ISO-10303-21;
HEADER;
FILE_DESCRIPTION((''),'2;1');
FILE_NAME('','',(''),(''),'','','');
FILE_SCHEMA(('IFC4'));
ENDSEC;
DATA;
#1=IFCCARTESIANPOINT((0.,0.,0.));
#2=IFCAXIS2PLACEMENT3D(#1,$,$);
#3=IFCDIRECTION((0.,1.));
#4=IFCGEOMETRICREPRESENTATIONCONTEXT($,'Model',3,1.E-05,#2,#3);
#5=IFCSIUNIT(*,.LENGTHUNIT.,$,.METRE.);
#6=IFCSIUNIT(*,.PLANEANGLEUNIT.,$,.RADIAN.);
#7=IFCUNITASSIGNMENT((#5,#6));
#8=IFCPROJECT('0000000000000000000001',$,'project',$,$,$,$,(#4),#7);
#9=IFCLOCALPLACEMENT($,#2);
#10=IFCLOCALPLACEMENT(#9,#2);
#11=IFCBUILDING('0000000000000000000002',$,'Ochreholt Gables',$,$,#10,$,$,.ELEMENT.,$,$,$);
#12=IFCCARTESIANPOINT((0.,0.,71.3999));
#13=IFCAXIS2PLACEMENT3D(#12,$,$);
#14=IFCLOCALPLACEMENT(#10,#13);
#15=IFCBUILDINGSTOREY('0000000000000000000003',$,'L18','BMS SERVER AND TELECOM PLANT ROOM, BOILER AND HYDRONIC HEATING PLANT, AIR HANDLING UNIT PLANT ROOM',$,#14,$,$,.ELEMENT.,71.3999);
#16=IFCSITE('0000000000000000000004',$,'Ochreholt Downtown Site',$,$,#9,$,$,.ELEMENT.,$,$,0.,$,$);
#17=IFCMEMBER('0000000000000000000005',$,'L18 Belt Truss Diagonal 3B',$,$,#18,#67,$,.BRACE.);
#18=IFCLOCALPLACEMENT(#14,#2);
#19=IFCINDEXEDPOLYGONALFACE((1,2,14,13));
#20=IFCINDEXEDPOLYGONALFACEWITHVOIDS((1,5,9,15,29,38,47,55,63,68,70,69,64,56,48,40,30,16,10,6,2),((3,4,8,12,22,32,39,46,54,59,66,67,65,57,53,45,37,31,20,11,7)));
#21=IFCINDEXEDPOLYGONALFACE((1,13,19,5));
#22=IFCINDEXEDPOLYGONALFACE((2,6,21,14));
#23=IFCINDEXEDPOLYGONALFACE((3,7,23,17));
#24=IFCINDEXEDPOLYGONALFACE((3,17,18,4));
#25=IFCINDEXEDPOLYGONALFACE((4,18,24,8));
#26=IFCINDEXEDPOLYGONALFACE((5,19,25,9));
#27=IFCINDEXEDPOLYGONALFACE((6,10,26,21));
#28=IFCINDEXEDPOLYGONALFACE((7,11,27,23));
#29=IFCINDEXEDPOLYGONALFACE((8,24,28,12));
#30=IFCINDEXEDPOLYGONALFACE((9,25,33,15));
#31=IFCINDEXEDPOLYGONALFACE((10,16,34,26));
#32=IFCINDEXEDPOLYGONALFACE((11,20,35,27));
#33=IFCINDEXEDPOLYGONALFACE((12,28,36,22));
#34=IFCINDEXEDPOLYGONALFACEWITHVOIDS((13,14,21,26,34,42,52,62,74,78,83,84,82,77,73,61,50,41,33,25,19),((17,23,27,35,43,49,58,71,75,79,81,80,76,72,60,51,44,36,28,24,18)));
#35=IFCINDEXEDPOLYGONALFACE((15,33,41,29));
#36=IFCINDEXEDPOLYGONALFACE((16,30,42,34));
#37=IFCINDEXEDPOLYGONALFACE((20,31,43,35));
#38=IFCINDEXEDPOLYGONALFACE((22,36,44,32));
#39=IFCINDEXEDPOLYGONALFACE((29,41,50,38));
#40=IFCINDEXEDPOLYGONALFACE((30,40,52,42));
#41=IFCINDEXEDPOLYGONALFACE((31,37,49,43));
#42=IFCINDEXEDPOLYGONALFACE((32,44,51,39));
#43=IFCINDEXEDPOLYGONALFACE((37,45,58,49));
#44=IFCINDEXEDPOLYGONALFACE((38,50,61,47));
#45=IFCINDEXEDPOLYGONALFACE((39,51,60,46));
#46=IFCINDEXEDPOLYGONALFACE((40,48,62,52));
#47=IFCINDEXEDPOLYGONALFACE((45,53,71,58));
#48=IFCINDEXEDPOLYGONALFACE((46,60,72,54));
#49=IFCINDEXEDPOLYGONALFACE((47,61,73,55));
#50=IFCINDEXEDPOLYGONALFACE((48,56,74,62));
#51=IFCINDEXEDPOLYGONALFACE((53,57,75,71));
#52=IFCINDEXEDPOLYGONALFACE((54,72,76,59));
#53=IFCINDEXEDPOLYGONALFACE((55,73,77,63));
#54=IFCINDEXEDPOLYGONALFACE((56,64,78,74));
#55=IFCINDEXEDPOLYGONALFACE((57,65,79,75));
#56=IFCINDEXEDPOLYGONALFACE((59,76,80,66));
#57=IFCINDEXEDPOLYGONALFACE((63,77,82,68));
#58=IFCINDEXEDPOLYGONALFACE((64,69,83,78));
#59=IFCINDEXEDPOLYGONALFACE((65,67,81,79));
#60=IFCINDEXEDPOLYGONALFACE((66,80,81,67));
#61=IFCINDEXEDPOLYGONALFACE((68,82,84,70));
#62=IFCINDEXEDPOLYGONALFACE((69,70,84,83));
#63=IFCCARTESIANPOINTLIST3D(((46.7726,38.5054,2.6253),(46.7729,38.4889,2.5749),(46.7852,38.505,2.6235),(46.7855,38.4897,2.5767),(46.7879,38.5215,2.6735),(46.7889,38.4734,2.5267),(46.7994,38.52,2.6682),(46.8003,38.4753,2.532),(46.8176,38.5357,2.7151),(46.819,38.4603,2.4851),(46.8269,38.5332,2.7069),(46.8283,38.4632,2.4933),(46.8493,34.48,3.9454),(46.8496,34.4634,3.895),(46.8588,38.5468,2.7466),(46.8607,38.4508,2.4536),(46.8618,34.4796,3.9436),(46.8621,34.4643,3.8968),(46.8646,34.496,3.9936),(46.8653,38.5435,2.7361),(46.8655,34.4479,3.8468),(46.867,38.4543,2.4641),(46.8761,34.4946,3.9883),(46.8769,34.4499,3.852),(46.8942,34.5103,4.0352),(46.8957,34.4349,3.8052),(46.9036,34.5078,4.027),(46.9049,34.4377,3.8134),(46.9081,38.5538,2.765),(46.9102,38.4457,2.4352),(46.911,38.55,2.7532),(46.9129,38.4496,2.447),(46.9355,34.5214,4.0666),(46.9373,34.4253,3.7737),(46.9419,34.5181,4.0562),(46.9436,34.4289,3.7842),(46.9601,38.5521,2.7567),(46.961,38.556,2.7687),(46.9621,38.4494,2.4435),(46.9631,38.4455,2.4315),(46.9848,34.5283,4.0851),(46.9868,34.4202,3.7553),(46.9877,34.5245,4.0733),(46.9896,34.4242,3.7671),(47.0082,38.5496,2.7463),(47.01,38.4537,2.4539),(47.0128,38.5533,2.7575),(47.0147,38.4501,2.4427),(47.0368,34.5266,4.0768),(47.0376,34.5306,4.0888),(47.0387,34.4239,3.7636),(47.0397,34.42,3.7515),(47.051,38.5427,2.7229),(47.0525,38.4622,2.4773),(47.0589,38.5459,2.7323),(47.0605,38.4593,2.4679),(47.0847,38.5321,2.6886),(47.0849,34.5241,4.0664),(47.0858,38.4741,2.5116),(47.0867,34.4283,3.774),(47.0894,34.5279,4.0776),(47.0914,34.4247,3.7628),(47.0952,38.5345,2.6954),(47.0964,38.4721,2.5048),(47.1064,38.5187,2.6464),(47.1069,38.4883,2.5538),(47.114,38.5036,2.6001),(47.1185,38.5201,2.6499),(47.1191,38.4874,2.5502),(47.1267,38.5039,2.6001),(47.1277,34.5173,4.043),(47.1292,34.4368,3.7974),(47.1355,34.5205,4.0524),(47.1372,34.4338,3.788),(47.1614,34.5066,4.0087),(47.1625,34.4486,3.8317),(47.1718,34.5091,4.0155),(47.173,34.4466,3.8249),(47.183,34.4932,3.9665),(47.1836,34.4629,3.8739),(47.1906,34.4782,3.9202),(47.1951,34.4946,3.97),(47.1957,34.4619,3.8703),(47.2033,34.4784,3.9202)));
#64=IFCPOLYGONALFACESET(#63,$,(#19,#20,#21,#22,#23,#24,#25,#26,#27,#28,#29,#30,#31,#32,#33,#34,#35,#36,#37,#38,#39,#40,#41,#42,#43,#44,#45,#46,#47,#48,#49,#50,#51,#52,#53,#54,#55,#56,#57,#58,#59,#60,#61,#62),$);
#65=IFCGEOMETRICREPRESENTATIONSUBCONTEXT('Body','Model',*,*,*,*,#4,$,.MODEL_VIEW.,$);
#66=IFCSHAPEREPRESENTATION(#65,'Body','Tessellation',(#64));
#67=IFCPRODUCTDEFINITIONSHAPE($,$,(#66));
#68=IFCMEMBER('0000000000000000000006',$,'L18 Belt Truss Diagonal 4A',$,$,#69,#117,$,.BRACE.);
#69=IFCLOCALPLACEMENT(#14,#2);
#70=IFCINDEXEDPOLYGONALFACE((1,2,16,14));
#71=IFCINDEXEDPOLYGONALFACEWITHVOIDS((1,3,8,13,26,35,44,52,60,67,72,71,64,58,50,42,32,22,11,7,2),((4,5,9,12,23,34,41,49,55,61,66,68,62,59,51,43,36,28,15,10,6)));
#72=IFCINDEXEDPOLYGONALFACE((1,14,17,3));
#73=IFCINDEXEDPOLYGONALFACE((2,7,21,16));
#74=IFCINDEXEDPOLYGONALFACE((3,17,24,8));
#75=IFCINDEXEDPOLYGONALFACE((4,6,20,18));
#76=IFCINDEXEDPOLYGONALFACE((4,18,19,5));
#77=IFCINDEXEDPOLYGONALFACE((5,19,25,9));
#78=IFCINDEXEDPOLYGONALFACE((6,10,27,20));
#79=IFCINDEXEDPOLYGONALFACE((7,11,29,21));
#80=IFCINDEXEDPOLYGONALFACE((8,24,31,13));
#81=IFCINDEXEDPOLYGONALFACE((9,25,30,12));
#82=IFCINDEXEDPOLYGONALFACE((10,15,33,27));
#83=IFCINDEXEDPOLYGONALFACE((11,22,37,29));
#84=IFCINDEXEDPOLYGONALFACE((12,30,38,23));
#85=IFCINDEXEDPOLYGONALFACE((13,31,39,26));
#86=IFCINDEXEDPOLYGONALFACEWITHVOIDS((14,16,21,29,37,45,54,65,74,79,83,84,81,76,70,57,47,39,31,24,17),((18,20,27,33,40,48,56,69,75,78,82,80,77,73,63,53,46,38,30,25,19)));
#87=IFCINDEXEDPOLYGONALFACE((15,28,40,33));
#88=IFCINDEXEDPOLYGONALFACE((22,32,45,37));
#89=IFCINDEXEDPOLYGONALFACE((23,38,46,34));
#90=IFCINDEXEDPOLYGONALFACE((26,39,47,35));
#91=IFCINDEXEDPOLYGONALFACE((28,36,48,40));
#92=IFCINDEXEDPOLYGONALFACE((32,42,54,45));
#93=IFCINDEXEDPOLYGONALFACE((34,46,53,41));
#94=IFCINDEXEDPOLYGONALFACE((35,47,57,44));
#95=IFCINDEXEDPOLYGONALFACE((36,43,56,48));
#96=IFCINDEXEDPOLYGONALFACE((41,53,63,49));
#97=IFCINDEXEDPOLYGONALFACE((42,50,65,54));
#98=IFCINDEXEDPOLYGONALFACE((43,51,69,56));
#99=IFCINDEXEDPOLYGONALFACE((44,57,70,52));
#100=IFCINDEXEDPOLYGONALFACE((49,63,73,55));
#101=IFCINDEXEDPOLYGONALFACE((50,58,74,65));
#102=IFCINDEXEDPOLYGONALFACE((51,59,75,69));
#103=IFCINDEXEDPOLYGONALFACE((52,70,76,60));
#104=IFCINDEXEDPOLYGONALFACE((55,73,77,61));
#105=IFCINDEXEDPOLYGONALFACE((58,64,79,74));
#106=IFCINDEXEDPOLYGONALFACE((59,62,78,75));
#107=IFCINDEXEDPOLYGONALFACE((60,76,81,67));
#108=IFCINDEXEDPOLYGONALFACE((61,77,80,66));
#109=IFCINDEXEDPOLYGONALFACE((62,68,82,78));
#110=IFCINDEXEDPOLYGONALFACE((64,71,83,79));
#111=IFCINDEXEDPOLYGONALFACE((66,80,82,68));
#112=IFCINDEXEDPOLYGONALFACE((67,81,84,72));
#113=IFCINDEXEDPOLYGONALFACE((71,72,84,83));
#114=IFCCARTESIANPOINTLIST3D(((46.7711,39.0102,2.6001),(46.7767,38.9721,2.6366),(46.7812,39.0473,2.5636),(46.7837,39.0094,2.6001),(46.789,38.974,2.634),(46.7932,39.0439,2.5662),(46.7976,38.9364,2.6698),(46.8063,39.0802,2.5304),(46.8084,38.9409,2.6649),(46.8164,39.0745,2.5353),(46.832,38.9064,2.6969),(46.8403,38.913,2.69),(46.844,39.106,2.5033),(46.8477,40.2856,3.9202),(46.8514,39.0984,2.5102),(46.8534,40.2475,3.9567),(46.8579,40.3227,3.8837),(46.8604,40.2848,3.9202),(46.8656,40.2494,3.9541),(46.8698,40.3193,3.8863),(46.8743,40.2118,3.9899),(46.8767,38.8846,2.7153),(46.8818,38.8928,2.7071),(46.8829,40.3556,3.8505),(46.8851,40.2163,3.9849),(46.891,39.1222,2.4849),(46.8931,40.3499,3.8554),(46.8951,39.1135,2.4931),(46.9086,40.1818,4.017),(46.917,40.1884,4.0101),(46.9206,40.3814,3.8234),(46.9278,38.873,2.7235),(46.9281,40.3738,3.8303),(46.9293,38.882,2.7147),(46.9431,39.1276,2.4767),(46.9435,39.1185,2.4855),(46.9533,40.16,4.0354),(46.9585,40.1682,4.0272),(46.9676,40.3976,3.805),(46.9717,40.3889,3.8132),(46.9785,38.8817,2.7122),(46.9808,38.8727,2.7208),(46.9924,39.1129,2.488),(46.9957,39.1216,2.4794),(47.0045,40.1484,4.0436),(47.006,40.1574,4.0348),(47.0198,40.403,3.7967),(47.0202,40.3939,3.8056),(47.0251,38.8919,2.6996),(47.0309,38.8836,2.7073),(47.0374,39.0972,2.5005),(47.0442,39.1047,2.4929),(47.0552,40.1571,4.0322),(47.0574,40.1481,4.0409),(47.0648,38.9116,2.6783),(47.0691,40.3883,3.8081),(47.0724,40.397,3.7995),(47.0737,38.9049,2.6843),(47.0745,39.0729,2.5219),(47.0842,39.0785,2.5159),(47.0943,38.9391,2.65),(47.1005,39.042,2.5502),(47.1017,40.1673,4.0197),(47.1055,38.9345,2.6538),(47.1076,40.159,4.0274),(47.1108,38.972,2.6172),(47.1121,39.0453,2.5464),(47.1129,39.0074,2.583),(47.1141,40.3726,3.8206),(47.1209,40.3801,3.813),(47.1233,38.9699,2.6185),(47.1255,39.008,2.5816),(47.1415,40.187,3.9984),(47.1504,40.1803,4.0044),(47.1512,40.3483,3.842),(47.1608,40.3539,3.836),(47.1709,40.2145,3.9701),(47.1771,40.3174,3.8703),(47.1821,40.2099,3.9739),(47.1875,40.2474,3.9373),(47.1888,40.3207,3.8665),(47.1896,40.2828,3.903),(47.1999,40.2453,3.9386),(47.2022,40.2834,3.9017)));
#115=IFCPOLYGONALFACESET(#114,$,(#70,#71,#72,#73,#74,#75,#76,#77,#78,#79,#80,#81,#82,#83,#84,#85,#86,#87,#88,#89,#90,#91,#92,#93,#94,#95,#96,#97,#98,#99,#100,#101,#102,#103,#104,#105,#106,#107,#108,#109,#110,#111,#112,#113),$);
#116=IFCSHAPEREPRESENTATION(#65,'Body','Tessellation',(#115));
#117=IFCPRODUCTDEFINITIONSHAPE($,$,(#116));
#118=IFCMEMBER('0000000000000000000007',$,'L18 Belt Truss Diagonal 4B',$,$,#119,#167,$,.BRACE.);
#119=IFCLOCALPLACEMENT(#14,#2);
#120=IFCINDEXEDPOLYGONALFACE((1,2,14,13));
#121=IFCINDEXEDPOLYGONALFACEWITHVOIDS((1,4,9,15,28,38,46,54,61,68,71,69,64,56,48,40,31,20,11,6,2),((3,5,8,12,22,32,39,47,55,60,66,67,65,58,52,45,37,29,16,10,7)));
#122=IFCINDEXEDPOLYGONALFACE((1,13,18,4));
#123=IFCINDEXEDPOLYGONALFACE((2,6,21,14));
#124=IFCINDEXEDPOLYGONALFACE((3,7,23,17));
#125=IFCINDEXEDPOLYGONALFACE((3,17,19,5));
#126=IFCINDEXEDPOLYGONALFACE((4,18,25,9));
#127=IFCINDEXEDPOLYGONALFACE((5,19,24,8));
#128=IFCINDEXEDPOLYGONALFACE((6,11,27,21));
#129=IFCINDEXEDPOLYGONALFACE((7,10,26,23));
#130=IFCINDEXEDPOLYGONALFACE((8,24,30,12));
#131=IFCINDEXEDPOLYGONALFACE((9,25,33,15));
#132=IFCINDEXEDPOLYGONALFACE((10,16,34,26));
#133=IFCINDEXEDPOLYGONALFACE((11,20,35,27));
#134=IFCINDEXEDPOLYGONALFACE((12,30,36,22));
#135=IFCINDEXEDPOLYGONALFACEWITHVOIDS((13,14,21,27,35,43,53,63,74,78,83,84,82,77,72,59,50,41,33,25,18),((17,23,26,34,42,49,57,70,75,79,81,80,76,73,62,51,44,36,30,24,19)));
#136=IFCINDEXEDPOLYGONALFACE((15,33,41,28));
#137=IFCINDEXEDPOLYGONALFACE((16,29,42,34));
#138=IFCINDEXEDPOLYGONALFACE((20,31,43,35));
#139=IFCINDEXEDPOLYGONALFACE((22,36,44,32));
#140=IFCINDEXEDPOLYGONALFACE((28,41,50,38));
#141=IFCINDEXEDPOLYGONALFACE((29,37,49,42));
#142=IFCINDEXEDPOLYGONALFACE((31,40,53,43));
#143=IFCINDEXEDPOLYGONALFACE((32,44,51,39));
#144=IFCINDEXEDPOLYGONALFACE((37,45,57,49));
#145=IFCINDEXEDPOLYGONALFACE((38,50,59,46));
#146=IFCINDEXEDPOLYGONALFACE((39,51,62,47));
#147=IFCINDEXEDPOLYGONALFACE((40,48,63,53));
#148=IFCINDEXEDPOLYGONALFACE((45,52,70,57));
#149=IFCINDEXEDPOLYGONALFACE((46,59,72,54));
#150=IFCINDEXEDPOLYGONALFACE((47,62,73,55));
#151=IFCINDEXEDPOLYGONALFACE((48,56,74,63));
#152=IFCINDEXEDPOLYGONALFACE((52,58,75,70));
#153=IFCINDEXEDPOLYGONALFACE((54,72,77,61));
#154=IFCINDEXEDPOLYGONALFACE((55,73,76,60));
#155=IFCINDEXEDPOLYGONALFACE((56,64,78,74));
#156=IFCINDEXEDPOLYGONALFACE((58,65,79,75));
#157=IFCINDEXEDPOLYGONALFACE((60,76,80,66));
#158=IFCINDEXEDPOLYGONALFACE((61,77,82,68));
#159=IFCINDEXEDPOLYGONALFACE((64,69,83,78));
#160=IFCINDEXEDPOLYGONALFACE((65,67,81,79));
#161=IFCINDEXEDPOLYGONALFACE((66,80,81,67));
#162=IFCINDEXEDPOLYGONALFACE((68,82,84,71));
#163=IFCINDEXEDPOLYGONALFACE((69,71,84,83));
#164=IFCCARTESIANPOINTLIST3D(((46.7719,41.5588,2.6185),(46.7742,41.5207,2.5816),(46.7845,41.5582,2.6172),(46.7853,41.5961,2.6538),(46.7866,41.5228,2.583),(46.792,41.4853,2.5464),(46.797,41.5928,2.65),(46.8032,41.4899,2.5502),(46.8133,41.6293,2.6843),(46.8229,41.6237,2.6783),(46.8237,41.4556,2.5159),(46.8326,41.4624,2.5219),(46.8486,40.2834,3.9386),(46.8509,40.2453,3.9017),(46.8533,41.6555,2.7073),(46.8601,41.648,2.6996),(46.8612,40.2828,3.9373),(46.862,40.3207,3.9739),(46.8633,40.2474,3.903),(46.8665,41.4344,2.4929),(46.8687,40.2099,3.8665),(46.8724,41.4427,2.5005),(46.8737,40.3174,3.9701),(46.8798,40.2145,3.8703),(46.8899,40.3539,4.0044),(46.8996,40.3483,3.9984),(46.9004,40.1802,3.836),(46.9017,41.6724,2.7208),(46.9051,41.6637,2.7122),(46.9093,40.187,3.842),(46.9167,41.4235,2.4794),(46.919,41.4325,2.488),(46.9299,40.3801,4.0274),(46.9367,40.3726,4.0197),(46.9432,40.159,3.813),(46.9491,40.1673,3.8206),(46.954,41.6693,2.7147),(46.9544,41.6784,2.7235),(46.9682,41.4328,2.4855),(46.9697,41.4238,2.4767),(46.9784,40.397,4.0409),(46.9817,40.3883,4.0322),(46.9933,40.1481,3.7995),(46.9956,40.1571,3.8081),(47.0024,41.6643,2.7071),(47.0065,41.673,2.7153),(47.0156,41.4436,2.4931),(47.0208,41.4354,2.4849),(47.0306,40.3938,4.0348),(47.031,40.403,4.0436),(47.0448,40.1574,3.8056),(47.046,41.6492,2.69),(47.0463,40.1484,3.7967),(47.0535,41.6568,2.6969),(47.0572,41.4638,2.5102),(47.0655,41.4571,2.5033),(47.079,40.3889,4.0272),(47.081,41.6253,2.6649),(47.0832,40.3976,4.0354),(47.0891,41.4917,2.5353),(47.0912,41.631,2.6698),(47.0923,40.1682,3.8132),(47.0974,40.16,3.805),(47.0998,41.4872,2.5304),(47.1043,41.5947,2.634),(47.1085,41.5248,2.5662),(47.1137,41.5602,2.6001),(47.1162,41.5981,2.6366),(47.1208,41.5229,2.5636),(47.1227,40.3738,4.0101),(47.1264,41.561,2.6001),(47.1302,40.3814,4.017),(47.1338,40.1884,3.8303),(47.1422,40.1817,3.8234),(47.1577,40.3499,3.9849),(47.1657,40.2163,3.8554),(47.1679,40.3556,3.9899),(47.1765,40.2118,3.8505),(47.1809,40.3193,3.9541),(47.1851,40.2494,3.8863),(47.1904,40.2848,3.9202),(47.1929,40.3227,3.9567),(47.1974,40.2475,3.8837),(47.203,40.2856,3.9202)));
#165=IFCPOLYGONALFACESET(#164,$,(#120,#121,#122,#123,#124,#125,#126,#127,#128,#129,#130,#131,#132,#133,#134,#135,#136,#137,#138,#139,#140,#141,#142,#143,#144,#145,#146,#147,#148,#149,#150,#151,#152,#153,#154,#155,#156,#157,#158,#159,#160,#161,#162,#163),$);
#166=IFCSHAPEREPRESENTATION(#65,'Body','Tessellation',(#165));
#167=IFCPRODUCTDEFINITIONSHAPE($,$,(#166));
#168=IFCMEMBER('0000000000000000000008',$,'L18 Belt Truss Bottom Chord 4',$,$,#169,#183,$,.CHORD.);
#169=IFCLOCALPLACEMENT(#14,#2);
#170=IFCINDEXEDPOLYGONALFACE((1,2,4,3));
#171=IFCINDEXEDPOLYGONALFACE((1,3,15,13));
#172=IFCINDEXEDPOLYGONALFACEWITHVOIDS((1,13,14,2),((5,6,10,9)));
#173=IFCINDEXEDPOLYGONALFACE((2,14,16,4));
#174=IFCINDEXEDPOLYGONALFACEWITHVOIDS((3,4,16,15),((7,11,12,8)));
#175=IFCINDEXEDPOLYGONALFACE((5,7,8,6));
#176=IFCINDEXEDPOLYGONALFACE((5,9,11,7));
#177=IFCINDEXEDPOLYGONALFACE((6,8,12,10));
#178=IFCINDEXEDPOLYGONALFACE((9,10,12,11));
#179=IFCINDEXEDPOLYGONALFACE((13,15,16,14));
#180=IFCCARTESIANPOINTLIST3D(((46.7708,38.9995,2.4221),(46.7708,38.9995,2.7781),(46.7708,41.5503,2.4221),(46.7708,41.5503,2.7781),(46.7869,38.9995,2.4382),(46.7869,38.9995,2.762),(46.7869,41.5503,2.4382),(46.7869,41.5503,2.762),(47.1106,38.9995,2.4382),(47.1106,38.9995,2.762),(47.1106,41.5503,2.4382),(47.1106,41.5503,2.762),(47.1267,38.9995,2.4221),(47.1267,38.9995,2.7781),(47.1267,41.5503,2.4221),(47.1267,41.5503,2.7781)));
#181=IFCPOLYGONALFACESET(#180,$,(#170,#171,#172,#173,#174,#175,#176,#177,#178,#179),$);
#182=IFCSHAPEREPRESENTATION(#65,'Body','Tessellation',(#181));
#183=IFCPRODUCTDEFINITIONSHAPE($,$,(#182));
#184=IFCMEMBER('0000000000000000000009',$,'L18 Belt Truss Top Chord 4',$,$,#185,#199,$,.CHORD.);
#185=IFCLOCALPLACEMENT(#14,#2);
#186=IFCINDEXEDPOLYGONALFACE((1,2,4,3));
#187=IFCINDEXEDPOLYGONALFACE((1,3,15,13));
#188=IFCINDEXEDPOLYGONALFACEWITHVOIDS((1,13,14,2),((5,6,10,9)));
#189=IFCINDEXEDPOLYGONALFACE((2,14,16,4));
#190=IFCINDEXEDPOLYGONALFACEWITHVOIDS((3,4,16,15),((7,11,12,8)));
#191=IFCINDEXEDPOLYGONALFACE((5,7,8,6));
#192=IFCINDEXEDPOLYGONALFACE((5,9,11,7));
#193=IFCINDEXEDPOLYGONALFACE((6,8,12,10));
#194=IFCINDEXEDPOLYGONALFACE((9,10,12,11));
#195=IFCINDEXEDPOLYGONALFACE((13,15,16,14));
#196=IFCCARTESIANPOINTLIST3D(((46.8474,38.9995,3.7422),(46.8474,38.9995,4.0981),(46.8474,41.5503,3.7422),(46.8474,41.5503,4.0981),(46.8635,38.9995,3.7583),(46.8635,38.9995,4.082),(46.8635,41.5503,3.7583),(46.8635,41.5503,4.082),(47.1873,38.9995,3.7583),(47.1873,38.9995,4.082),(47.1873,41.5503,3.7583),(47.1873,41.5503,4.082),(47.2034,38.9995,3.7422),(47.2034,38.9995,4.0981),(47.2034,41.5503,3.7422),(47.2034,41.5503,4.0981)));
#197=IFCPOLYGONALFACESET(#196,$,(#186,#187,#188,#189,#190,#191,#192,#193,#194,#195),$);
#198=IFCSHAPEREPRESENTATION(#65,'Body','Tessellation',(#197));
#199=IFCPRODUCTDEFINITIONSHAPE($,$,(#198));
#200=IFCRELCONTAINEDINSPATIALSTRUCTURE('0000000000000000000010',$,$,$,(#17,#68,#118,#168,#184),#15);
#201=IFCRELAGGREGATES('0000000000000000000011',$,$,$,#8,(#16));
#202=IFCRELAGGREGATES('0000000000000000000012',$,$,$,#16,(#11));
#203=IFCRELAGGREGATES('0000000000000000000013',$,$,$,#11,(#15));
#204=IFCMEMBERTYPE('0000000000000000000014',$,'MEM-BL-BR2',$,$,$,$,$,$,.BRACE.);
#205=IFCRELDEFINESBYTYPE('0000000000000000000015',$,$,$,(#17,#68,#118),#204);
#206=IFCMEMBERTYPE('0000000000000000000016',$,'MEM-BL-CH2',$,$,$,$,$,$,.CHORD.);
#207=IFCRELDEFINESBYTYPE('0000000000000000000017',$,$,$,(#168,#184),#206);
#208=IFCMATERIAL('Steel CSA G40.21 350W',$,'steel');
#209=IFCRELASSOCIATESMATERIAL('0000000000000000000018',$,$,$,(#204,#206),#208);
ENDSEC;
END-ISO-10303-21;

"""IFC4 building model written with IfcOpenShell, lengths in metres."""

from ifc_helpers import new_model, si_unit, direction, frame, origin, origin_2d, place, context, subcontext, project, spatial, hollow_rectangle, hollow_circle, extrude, material, material_profile, profile_set, type_object, element, save


model = new_model("IFC4")

# Units and contexts
model_context = context("Model", 3, precision=1e-05, world=origin(), true_north=direction((0.0, 1.0)))
body_context = subcontext(model_context, "Body", "Model", "MODEL_VIEW")
ifc_project = project(units=[si_unit("LENGTHUNIT", "METRE"), si_unit("PLANEANGLEUNIT", "RADIAN")], contexts=[model_context])

# Site, building, storey
site_placement = place(None, origin())
site = spatial("IfcSite", under=ifc_project, at=site_placement, Name="Ochreholt Downtown Site", CompositionType="ELEMENT", RefElevation=0.0)
building_placement = place(site_placement, origin())
building = spatial("IfcBuilding", under=site, at=building_placement, Name="Ochreholt Gables", CompositionType="ELEMENT")
storey_placement = place(building_placement, frame((0.0, 0.0, 71.3999)))
storey = spatial("IfcBuildingStorey", under=building, at=storey_placement, Name="L18", Description="BMS SERVER AND TELECOM PLANT ROOM, BOILER AND HYDRONIC HEATING PLANT, AIR HANDLING UNIT PLANT ROOM", CompositionType="ELEMENT", Elevation=71.3999)

# Shared definitions
ifc_material_1 = material(Name="Steel CSA G40.21 350W", Category="steel")

# Members
ifc_material_profile_1 = material_profile(ifc_material_1, hollow_circle(Radius=0.178, WallThickness=0.0127, at=origin_2d()), Name="CHS356X13")
ifc_profile_set_1 = profile_set([ifc_material_profile_1], Name="Steel CSA G40.21 350W")
member_type_1 = type_object("IfcMemberType", Name="MEM-BL-BR2", PredefinedType="BRACE", material=ifc_profile_set_1)
member_placement = place(storey_placement, frame((46.9487, 38.5005, 2.6001), z_axis=(0.018093, -0.950055, 0.311557), x_axis=(0.999819, 0.019041, 0.0)))
element("IfcMember", 1, at=member_placement, inside=storey, type_object=member_type_1, Name="L18 Belt Truss Diagonal 3B", PredefinedType="BRACE", context=body_context, shape_type="SweptSolid", body=[
    extrude(hollow_circle(Radius=0.178, WallThickness=0.0127, at=origin_2d()), origin(), (0.0, 0.0, 1.0), 4.2371),
])
for number, where, z_axis, x_axis, name in (
    (2, (46.9487, 38.9995, 2.6001), (0.041728, 0.694227, 0.718546), (-0.998198, 0.059999, 0.0), "L18 Belt Truss Diagonal 4A"),
    (3, (46.9487, 41.5503, 2.6001), (0.041728, -0.694227, 0.718546), (0.998198, 0.059999, 0.0), "L18 Belt Truss Diagonal 4B"),
):
    element("IfcMember", number, at=place(storey_placement, frame(where, z_axis=z_axis, x_axis=x_axis)), inside=storey, type_object=member_type_1, Name=name, PredefinedType="BRACE", context=body_context, shape_type="SweptSolid", body=[
        extrude(hollow_circle(Radius=0.178, WallThickness=0.0127, at=origin_2d()), origin(), (0.0, 0.0, 1.0), 1.8372),
    ])
ifc_material_profile_2 = material_profile(ifc_material_1, hollow_rectangle(XDim=0.356, YDim=0.356, WallThickness=0.0161, at=origin_2d()), Name="HSS356X356X16")
ifc_profile_set_2 = profile_set([ifc_material_profile_2], Name="Steel CSA G40.21 350W")
member_type_2 = type_object("IfcMemberType", Name="MEM-BL-CH2", PredefinedType="CHORD", material=ifc_profile_set_2)
for number, where, z_axis, x_axis, name in (
    (4, (46.9487, 38.9995, 2.6001), (0.0, 1.0, 0.0), (-1.0, 0.0, 0.0), "L18 Belt Truss Bottom Chord 4"),
    (5, (47.0254, 38.9995, 3.9202), (0.0, 1.0, 0.0), (-1.0, 0.0, 0.0), "L18 Belt Truss Top Chord 4"),
):
    element("IfcMember", number, at=place(storey_placement, frame(where, z_axis=z_axis, x_axis=x_axis)), inside=storey, type_object=member_type_2, Name=name, PredefinedType="CHORD", context=body_context, shape_type="SweptSolid", body=[
        extrude(hollow_rectangle(XDim=0.356, YDim=0.356, WallThickness=0.0161, at=origin_2d()), origin(), (0.0, 0.0, 1.0), 2.5508),
    ])

save(model, "model.ifc")
